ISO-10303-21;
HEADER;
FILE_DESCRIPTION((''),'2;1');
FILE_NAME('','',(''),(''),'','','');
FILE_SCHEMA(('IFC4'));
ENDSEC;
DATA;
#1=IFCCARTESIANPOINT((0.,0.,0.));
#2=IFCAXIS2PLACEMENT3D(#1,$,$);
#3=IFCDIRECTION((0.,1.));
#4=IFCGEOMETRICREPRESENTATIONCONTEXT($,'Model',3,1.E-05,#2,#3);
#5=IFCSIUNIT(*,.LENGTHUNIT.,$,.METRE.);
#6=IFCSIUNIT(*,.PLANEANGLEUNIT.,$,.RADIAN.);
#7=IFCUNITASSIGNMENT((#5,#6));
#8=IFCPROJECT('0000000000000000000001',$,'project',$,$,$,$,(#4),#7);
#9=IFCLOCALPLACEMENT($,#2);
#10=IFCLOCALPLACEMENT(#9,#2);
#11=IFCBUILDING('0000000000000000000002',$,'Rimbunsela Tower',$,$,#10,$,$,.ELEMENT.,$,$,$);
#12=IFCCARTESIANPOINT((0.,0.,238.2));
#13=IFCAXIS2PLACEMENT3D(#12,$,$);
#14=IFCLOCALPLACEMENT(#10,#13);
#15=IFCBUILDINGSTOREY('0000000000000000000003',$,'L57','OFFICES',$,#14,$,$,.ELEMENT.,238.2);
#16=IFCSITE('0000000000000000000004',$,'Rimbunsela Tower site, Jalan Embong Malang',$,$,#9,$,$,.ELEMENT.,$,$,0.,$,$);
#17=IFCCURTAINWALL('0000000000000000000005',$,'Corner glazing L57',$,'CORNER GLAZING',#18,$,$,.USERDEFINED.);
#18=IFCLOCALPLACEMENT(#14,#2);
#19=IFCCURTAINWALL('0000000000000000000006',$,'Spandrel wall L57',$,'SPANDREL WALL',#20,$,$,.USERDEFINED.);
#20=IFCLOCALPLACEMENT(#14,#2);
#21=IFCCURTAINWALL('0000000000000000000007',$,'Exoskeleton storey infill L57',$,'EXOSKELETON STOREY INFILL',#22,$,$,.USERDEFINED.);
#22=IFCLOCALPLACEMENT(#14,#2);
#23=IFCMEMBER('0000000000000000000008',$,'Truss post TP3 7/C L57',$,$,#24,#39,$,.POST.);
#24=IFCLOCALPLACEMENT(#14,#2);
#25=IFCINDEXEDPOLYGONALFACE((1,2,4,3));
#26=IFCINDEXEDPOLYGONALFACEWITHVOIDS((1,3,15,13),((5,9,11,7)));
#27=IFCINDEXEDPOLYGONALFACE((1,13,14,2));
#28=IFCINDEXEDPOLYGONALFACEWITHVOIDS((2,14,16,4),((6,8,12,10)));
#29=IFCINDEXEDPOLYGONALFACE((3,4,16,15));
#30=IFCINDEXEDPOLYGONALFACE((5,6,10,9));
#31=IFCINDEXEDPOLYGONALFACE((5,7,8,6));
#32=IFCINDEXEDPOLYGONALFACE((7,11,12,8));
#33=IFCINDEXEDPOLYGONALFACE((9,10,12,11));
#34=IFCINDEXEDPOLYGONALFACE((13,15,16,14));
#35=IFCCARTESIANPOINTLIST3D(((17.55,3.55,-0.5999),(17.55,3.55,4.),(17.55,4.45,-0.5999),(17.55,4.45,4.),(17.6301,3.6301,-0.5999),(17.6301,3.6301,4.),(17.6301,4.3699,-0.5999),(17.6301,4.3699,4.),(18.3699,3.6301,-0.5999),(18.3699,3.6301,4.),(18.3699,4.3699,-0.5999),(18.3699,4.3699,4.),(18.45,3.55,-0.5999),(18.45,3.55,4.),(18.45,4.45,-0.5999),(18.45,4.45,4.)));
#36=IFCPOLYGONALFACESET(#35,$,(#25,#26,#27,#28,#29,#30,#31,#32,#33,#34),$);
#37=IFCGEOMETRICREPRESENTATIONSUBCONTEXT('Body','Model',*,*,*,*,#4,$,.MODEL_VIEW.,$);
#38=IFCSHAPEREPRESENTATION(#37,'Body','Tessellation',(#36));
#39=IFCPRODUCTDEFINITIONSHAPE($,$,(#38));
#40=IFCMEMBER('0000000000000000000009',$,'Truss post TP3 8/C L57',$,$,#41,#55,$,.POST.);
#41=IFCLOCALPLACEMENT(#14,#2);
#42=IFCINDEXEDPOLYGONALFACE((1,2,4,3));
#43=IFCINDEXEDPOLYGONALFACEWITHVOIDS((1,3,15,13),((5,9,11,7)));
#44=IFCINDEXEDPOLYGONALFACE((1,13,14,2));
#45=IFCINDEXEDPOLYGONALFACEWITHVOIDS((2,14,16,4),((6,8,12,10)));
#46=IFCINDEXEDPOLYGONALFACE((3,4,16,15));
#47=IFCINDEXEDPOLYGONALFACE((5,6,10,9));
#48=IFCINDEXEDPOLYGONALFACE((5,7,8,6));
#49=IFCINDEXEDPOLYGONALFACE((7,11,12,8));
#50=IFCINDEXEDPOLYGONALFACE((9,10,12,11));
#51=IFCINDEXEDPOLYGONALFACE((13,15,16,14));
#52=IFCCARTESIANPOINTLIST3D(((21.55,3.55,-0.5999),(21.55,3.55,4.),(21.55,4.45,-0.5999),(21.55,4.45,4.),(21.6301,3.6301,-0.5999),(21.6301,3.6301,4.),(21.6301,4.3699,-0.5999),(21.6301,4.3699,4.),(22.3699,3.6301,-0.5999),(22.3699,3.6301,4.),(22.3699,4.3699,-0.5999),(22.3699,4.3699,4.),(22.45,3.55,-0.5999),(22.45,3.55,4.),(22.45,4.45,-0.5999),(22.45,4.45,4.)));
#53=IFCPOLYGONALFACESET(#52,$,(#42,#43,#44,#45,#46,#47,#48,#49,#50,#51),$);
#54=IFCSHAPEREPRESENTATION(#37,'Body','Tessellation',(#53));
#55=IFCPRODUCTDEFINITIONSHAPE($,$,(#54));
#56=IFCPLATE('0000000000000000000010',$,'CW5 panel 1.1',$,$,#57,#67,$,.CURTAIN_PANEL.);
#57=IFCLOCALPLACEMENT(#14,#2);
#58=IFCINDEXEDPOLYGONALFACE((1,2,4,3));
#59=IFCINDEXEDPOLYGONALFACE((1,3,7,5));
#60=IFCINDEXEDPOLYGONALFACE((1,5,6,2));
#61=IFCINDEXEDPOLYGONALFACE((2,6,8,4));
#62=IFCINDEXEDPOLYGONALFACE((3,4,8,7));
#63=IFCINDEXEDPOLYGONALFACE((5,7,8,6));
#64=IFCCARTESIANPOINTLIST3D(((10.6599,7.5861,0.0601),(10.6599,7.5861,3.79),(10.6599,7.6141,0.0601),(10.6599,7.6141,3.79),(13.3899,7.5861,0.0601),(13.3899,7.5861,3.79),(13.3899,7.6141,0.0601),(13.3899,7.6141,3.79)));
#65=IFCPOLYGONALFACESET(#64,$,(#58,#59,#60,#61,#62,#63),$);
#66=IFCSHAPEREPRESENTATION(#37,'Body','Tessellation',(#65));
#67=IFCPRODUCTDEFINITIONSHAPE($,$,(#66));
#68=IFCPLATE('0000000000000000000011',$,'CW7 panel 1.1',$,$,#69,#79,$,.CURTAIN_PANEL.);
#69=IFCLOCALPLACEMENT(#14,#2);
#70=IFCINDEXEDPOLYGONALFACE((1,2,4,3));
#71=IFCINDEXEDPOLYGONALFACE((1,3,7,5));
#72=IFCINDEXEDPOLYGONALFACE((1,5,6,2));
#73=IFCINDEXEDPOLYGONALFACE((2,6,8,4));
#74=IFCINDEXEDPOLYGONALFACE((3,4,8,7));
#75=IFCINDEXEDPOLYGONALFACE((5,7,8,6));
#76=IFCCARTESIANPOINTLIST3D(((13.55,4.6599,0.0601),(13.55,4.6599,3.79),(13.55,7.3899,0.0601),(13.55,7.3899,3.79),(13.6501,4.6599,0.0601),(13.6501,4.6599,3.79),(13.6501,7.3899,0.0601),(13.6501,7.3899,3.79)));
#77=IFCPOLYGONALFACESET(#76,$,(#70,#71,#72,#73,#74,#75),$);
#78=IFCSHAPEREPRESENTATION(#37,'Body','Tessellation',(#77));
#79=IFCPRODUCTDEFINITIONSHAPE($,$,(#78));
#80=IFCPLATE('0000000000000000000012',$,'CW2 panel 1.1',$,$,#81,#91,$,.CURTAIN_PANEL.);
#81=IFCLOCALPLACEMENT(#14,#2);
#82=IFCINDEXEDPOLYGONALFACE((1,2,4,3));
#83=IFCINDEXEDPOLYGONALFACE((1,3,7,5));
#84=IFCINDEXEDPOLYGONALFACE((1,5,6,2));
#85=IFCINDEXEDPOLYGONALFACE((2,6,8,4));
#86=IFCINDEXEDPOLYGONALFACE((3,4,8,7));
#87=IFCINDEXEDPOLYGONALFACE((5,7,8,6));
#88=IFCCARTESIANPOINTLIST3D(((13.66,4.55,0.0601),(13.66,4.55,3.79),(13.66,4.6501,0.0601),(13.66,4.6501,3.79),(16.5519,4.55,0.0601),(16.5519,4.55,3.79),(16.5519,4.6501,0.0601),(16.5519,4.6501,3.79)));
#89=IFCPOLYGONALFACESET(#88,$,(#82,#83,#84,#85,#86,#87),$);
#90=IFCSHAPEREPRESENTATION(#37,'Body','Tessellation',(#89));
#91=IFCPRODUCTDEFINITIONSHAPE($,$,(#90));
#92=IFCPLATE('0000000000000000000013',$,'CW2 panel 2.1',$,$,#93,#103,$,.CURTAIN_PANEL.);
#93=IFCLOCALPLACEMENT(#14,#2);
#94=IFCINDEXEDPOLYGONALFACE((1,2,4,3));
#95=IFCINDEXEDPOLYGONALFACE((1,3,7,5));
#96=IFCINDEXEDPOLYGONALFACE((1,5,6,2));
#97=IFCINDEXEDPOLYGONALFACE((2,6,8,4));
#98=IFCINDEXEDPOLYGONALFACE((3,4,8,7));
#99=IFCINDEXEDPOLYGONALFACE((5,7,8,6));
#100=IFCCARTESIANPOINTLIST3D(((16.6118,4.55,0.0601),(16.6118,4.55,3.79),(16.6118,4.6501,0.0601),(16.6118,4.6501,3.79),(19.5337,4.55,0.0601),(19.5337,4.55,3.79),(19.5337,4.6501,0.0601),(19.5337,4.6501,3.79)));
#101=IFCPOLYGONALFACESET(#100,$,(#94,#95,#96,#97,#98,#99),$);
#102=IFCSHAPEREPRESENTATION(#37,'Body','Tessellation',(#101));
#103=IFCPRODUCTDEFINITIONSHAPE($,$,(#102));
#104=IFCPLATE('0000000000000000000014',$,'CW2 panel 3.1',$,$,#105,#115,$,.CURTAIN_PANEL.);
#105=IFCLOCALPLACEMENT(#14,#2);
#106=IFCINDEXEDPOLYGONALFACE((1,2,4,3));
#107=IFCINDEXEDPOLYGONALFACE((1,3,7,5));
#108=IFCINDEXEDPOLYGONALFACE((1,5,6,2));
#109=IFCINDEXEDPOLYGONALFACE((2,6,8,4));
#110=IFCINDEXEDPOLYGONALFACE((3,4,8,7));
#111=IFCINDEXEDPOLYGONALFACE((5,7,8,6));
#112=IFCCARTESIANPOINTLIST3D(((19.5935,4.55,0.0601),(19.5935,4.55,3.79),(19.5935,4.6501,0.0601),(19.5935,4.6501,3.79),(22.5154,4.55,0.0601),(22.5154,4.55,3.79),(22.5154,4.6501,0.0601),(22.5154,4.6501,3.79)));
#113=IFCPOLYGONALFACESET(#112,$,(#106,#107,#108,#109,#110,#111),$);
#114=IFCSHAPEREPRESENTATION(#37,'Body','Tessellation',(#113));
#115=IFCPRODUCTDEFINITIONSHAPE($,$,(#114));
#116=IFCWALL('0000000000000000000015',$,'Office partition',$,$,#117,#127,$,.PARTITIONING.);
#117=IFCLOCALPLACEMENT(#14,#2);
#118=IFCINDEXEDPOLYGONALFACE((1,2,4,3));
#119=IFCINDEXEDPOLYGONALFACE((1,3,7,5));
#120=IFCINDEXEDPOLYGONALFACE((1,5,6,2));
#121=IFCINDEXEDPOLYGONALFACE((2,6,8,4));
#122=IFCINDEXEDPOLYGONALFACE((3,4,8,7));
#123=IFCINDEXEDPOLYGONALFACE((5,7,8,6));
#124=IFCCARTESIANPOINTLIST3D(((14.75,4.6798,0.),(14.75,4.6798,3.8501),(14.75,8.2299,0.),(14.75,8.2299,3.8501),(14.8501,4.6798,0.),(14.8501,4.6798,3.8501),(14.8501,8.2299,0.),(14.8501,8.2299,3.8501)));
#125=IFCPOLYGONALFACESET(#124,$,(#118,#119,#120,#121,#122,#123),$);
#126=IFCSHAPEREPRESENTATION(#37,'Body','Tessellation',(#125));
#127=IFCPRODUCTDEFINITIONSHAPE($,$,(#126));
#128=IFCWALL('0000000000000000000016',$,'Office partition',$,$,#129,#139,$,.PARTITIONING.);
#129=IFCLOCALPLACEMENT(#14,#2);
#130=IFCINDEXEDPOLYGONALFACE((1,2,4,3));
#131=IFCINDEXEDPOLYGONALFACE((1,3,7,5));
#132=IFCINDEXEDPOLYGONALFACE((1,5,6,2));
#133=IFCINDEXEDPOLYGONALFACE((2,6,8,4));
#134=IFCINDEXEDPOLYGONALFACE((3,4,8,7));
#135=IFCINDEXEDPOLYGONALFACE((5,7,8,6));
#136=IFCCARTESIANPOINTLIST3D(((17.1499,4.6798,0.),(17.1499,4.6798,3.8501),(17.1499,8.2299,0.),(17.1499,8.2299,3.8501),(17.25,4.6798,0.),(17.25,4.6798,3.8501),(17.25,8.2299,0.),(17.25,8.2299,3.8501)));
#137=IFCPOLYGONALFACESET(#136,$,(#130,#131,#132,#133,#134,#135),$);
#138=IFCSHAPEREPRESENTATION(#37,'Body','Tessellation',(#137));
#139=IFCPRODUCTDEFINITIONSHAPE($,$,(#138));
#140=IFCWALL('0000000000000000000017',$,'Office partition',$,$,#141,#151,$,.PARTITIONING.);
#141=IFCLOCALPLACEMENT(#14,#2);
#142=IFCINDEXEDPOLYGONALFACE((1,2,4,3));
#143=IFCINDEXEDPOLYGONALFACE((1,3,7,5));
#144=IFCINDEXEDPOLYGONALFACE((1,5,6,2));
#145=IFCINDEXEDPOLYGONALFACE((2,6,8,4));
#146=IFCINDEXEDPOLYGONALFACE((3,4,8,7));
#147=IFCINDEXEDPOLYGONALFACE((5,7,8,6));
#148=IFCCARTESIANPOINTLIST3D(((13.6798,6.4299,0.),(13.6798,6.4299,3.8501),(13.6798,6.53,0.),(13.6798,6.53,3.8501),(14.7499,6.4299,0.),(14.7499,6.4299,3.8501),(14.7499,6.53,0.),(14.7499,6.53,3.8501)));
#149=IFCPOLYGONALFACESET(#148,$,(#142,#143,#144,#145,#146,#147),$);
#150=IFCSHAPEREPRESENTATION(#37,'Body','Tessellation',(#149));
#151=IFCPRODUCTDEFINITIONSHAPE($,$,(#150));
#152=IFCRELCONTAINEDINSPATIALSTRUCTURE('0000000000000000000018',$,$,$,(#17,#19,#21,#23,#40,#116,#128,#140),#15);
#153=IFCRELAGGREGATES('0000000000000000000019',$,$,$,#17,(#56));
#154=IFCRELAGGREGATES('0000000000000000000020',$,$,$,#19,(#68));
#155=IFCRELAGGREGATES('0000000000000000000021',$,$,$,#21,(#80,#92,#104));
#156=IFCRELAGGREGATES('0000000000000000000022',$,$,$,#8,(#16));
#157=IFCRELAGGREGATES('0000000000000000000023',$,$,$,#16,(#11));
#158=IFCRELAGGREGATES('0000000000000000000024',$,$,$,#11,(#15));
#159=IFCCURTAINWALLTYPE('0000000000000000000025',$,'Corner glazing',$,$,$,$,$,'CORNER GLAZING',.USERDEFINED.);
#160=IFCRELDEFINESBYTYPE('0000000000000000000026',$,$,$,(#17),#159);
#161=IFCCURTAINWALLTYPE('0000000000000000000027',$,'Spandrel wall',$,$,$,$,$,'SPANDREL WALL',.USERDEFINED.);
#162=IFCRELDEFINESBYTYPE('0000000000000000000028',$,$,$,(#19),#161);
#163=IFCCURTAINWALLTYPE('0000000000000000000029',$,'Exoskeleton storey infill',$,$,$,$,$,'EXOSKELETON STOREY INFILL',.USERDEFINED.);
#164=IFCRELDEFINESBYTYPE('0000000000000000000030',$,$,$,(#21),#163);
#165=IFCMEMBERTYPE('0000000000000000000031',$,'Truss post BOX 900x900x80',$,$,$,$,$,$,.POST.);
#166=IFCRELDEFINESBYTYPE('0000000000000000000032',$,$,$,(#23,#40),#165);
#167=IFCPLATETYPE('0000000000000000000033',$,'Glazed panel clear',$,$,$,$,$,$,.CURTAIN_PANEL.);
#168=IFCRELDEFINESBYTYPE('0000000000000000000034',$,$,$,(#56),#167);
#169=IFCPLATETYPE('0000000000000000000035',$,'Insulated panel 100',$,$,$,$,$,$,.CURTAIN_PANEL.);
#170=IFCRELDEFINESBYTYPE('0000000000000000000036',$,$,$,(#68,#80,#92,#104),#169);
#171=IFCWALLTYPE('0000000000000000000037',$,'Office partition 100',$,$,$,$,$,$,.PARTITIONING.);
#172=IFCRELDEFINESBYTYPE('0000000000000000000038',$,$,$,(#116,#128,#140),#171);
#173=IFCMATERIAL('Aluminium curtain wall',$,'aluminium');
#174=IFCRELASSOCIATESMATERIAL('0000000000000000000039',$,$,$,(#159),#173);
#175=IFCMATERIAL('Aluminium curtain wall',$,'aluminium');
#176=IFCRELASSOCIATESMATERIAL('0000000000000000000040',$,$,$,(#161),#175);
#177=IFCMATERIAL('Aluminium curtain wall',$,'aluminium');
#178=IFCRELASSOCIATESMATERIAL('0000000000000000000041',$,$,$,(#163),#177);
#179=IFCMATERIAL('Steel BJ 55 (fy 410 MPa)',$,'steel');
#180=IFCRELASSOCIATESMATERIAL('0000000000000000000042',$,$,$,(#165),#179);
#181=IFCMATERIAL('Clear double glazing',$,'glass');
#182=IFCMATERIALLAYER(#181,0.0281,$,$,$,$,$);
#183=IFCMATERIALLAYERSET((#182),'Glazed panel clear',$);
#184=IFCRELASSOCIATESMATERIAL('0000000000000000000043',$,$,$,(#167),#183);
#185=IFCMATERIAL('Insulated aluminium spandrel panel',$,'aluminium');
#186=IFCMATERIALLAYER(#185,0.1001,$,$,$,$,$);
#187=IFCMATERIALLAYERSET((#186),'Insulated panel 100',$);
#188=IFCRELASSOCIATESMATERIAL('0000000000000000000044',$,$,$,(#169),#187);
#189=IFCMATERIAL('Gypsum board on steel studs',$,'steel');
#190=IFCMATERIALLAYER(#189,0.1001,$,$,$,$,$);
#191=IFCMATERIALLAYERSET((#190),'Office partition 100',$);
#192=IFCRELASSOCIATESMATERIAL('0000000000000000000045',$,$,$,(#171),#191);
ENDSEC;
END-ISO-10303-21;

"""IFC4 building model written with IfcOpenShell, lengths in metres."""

from ifc_helpers import new_model, si_unit, direction, frame, frame_2d, origin, origin_2d, place, context, subcontext, project, spatial, rectangle, hollow_rectangle, extrude, material, layer, layer_set, material_profile, profile_set, type_object, element, aggregate, save


model = new_model("IFC4")

# Units and contexts
model_context = context("Model", 3, precision=1e-05, world=origin(), true_north=direction((0.0, 1.0)))
body_context = subcontext(model_context, "Body", "Model", "MODEL_VIEW")
ifc_project = project(units=[si_unit("LENGTHUNIT", "METRE"), si_unit("PLANEANGLEUNIT", "RADIAN")], contexts=[model_context])

# Site, building, storey
site_placement = place(None, origin())
site = spatial("IfcSite", under=ifc_project, at=site_placement, Name="Rimbunsela Tower site, Jalan Embong Malang", CompositionType="ELEMENT", RefElevation=0.0)
building_placement = place(site_placement, origin())
building = spatial("IfcBuilding", under=site, at=building_placement, Name="Rimbunsela Tower", CompositionType="ELEMENT")
storey_placement = place(building_placement, frame((0.0, 0.0, 238.2)))
storey = spatial("IfcBuildingStorey", under=building, at=storey_placement, Name="L57", Description="OFFICES", CompositionType="ELEMENT", Elevation=238.2)

# Curtain wall
ifc_material_1 = material(Name="Aluminium curtain wall", Category="aluminium")
curtain_wall_type_1 = type_object("IfcCurtainWallType", Name="Corner glazing", ElementType="CORNER GLAZING", PredefinedType="USERDEFINED", material=ifc_material_1)
curtain_wall_1_placement = place(storey_placement, origin())
curtain_wall_1 = element("IfcCurtainWall", 1, at=curtain_wall_1_placement, inside=storey, type_object=curtain_wall_type_1, Name="Corner glazing L57", ObjectType="CORNER GLAZING", PredefinedType="USERDEFINED")

# Curtain walls
ifc_material_2 = material(Name="Aluminium curtain wall", Category="aluminium")
curtain_wall_type_2 = type_object("IfcCurtainWallType", Name="Spandrel wall", ElementType="SPANDREL WALL", PredefinedType="USERDEFINED", material=ifc_material_2)
curtain_wall_2_placement = place(storey_placement, origin())
curtain_wall_2 = element("IfcCurtainWall", 2, at=curtain_wall_2_placement, inside=storey, type_object=curtain_wall_type_2, Name="Spandrel wall L57", ObjectType="SPANDREL WALL", PredefinedType="USERDEFINED")
ifc_material_3 = material(Name="Aluminium curtain wall", Category="aluminium")
curtain_wall_type_3 = type_object("IfcCurtainWallType", Name="Exoskeleton storey infill", ElementType="EXOSKELETON STOREY INFILL", PredefinedType="USERDEFINED", material=ifc_material_3)
curtain_wall_3_placement = place(storey_placement, origin())
curtain_wall_3 = element("IfcCurtainWall", 3, at=curtain_wall_3_placement, inside=storey, type_object=curtain_wall_type_3, Name="Exoskeleton storey infill L57", ObjectType="EXOSKELETON STOREY INFILL", PredefinedType="USERDEFINED")

# Members
ifc_material_4 = material(Name="Steel BJ 55 (fy 410 MPa)", Category="steel")
ifc_material_profile_1 = material_profile(ifc_material_4, hollow_rectangle(XDim=0.8999, YDim=0.8999, WallThickness=0.0801, at=origin_2d()), Name="BOX 900x900x80")
ifc_profile_set_1 = profile_set([ifc_material_profile_1], Name="Steel BJ 55 (fy 410 MPa)")
member_type_1 = type_object("IfcMemberType", Name="Truss post BOX 900x900x80", PredefinedType="POST", material=ifc_profile_set_1)
for number, where, z_axis, x_axis, name in (
    (4, (18.0, 4.0, -0.5999), (0.0, 0.0, 1.0), (1.0, 0.0, 0.0), "Truss post TP3 7/C L57"),
    (5, (22.0, 4.0, -0.5999), (0.0, 0.0, 1.0), (1.0, 0.0, 0.0), "Truss post TP3 8/C L57"),
):
    element("IfcMember", number, at=place(storey_placement, frame(where, z_axis=z_axis, x_axis=x_axis)), inside=storey, type_object=member_type_1, Name=name, PredefinedType="POST", context=body_context, shape_type="SweptSolid", body=[
        extrude(hollow_rectangle(XDim=0.8999, YDim=0.8999, WallThickness=0.0801, at=origin_2d()), origin(), (0.0, 0.0, 1.0), 4.5999),
    ])

# Plates
ifc_material_5 = material(Name="Clear double glazing", Category="glass")
ifc_layer_1 = layer(ifc_material_5, 0.0281)
ifc_layer_set_1 = layer_set([ifc_layer_1], Name="Glazed panel clear")
plate_type_1 = type_object("IfcPlateType", Name="Glazed panel clear", PredefinedType="CURTAIN_PANEL", material=ifc_layer_set_1)
plate_1_placement = place(storey_placement, frame((12.0249, 7.6001, 0.0601), z_axis=(0.0, 0.0, 1.0), x_axis=(1.0, 0.0, 0.0)))
plate_1 = element("IfcPlate", 6, at=plate_1_placement, type_object=plate_type_1, Name="CW5 panel 1.1", PredefinedType="CURTAIN_PANEL", context=body_context, shape_type="SweptSolid", body=[
    extrude(rectangle(XDim=2.73, YDim=0.0281, at=origin_2d()), origin(), (0.0, 0.0, 1.0), 3.73),
])
aggregate(curtain_wall_1, [plate_1])
ifc_material_6 = material(Name="Insulated aluminium spandrel panel", Category="aluminium")
ifc_layer_2 = layer(ifc_material_6, 0.1001)
ifc_layer_set_2 = layer_set([ifc_layer_2], Name="Insulated panel 100")
plate_type_2 = type_object("IfcPlateType", Name="Insulated panel 100", PredefinedType="CURTAIN_PANEL", material=ifc_layer_set_2)
plate_2_placement = place(storey_placement, frame((13.6001, 6.0249, 0.0601), z_axis=(0.0, 0.0, 1.0), x_axis=(0.0, -1.0, 0.0)))
plate_2 = element("IfcPlate", 7, at=plate_2_placement, type_object=plate_type_2, Name="CW7 panel 1.1", PredefinedType="CURTAIN_PANEL", context=body_context, shape_type="SweptSolid", body=[
    extrude(rectangle(XDim=2.73, YDim=0.1001, at=origin_2d()), origin(), (0.0, 0.0, 1.0), 3.73),
])
aggregate(curtain_wall_2, [plate_2])
plate_3_placement = place(storey_placement, frame((15.106, 4.6001, 0.0601), z_axis=(0.0, 0.0, 1.0), x_axis=(1.0, 0.0, 0.0)))
plate_3 = element("IfcPlate", 8, at=plate_3_placement, type_object=plate_type_2, Name="CW2 panel 1.1", PredefinedType="CURTAIN_PANEL", context=body_context, shape_type="SweptSolid", body=[
    extrude(rectangle(XDim=2.8918, YDim=0.1001, at=origin_2d()), origin(), (0.0, 0.0, 1.0), 3.73),
])
plate_4_placement = place(storey_placement, frame((18.0728, 4.6001, 0.0601), z_axis=(0.0, 0.0, 1.0), x_axis=(1.0, 0.0, 0.0)))
plate_4 = element("IfcPlate", 9, at=plate_4_placement, type_object=plate_type_2, Name="CW2 panel 2.1", PredefinedType="CURTAIN_PANEL", context=body_context, shape_type="SweptSolid", body=[
    extrude(rectangle(XDim=2.9219, YDim=0.1001, at=origin_2d()), origin(), (0.0, 0.0, 1.0), 3.73),
])
plate_5_placement = place(storey_placement, frame((21.0544, 4.6001, 0.0601), z_axis=(0.0, 0.0, 1.0), x_axis=(1.0, 0.0, 0.0)))
plate_5 = element("IfcPlate", 10, at=plate_5_placement, type_object=plate_type_2, Name="CW2 panel 3.1", PredefinedType="CURTAIN_PANEL", context=body_context, shape_type="SweptSolid", body=[
    extrude(rectangle(XDim=2.9219, YDim=0.1001, at=origin_2d()), origin(), (0.0, 0.0, 1.0), 3.73),
])
aggregate(curtain_wall_3, [plate_3, plate_4, plate_5])

# Walls
ifc_material_7 = material(Name="Gypsum board on steel studs", Category="steel")
ifc_layer_3 = layer(ifc_material_7, 0.1001)
ifc_layer_set_3 = layer_set([ifc_layer_3], Name="Office partition 100")
wall_type = type_object("IfcWallType", Name="Office partition 100", PredefinedType="PARTITIONING", material=ifc_layer_set_3)
for number, where, z_axis, x_axis, name in (
    (11, (14.8, 4.6799, 0.0), (0.0, 0.0, 1.0), (0.0, 1.0, 0.0), "Office partition"),
    (12, (17.2, 4.6799, 0.0), (0.0, 0.0, 1.0), (0.0, 1.0, 0.0), "Office partition"),
):
    element("IfcWall", number, at=place(storey_placement, frame(where, z_axis=z_axis, x_axis=x_axis)), inside=storey, type_object=wall_type, Name=name, PredefinedType="PARTITIONING", context=body_context, shape_type="SweptSolid", body=[
        extrude(rectangle(XDim=3.55, YDim=0.1001, at=frame_2d((1.7749, 0.0))), origin(), (0.0, 0.0, 1.0), 3.8501),
    ])
wall_placement = place(storey_placement, frame((14.75, 6.48, 0.0), z_axis=(0.0, 0.0, 1.0), x_axis=(-1.0, 0.0, 0.0)))
element("IfcWall", 13, at=wall_placement, inside=storey, type_object=wall_type, Name="Office partition", PredefinedType="PARTITIONING", context=body_context, shape_type="SweptSolid", body=[
    extrude(rectangle(XDim=1.0701, YDim=0.1001, at=frame_2d((0.5352, 0.0))), origin(), (0.0, 0.0, 1.0), 3.8501),
])

save(model, "model.ifc")
